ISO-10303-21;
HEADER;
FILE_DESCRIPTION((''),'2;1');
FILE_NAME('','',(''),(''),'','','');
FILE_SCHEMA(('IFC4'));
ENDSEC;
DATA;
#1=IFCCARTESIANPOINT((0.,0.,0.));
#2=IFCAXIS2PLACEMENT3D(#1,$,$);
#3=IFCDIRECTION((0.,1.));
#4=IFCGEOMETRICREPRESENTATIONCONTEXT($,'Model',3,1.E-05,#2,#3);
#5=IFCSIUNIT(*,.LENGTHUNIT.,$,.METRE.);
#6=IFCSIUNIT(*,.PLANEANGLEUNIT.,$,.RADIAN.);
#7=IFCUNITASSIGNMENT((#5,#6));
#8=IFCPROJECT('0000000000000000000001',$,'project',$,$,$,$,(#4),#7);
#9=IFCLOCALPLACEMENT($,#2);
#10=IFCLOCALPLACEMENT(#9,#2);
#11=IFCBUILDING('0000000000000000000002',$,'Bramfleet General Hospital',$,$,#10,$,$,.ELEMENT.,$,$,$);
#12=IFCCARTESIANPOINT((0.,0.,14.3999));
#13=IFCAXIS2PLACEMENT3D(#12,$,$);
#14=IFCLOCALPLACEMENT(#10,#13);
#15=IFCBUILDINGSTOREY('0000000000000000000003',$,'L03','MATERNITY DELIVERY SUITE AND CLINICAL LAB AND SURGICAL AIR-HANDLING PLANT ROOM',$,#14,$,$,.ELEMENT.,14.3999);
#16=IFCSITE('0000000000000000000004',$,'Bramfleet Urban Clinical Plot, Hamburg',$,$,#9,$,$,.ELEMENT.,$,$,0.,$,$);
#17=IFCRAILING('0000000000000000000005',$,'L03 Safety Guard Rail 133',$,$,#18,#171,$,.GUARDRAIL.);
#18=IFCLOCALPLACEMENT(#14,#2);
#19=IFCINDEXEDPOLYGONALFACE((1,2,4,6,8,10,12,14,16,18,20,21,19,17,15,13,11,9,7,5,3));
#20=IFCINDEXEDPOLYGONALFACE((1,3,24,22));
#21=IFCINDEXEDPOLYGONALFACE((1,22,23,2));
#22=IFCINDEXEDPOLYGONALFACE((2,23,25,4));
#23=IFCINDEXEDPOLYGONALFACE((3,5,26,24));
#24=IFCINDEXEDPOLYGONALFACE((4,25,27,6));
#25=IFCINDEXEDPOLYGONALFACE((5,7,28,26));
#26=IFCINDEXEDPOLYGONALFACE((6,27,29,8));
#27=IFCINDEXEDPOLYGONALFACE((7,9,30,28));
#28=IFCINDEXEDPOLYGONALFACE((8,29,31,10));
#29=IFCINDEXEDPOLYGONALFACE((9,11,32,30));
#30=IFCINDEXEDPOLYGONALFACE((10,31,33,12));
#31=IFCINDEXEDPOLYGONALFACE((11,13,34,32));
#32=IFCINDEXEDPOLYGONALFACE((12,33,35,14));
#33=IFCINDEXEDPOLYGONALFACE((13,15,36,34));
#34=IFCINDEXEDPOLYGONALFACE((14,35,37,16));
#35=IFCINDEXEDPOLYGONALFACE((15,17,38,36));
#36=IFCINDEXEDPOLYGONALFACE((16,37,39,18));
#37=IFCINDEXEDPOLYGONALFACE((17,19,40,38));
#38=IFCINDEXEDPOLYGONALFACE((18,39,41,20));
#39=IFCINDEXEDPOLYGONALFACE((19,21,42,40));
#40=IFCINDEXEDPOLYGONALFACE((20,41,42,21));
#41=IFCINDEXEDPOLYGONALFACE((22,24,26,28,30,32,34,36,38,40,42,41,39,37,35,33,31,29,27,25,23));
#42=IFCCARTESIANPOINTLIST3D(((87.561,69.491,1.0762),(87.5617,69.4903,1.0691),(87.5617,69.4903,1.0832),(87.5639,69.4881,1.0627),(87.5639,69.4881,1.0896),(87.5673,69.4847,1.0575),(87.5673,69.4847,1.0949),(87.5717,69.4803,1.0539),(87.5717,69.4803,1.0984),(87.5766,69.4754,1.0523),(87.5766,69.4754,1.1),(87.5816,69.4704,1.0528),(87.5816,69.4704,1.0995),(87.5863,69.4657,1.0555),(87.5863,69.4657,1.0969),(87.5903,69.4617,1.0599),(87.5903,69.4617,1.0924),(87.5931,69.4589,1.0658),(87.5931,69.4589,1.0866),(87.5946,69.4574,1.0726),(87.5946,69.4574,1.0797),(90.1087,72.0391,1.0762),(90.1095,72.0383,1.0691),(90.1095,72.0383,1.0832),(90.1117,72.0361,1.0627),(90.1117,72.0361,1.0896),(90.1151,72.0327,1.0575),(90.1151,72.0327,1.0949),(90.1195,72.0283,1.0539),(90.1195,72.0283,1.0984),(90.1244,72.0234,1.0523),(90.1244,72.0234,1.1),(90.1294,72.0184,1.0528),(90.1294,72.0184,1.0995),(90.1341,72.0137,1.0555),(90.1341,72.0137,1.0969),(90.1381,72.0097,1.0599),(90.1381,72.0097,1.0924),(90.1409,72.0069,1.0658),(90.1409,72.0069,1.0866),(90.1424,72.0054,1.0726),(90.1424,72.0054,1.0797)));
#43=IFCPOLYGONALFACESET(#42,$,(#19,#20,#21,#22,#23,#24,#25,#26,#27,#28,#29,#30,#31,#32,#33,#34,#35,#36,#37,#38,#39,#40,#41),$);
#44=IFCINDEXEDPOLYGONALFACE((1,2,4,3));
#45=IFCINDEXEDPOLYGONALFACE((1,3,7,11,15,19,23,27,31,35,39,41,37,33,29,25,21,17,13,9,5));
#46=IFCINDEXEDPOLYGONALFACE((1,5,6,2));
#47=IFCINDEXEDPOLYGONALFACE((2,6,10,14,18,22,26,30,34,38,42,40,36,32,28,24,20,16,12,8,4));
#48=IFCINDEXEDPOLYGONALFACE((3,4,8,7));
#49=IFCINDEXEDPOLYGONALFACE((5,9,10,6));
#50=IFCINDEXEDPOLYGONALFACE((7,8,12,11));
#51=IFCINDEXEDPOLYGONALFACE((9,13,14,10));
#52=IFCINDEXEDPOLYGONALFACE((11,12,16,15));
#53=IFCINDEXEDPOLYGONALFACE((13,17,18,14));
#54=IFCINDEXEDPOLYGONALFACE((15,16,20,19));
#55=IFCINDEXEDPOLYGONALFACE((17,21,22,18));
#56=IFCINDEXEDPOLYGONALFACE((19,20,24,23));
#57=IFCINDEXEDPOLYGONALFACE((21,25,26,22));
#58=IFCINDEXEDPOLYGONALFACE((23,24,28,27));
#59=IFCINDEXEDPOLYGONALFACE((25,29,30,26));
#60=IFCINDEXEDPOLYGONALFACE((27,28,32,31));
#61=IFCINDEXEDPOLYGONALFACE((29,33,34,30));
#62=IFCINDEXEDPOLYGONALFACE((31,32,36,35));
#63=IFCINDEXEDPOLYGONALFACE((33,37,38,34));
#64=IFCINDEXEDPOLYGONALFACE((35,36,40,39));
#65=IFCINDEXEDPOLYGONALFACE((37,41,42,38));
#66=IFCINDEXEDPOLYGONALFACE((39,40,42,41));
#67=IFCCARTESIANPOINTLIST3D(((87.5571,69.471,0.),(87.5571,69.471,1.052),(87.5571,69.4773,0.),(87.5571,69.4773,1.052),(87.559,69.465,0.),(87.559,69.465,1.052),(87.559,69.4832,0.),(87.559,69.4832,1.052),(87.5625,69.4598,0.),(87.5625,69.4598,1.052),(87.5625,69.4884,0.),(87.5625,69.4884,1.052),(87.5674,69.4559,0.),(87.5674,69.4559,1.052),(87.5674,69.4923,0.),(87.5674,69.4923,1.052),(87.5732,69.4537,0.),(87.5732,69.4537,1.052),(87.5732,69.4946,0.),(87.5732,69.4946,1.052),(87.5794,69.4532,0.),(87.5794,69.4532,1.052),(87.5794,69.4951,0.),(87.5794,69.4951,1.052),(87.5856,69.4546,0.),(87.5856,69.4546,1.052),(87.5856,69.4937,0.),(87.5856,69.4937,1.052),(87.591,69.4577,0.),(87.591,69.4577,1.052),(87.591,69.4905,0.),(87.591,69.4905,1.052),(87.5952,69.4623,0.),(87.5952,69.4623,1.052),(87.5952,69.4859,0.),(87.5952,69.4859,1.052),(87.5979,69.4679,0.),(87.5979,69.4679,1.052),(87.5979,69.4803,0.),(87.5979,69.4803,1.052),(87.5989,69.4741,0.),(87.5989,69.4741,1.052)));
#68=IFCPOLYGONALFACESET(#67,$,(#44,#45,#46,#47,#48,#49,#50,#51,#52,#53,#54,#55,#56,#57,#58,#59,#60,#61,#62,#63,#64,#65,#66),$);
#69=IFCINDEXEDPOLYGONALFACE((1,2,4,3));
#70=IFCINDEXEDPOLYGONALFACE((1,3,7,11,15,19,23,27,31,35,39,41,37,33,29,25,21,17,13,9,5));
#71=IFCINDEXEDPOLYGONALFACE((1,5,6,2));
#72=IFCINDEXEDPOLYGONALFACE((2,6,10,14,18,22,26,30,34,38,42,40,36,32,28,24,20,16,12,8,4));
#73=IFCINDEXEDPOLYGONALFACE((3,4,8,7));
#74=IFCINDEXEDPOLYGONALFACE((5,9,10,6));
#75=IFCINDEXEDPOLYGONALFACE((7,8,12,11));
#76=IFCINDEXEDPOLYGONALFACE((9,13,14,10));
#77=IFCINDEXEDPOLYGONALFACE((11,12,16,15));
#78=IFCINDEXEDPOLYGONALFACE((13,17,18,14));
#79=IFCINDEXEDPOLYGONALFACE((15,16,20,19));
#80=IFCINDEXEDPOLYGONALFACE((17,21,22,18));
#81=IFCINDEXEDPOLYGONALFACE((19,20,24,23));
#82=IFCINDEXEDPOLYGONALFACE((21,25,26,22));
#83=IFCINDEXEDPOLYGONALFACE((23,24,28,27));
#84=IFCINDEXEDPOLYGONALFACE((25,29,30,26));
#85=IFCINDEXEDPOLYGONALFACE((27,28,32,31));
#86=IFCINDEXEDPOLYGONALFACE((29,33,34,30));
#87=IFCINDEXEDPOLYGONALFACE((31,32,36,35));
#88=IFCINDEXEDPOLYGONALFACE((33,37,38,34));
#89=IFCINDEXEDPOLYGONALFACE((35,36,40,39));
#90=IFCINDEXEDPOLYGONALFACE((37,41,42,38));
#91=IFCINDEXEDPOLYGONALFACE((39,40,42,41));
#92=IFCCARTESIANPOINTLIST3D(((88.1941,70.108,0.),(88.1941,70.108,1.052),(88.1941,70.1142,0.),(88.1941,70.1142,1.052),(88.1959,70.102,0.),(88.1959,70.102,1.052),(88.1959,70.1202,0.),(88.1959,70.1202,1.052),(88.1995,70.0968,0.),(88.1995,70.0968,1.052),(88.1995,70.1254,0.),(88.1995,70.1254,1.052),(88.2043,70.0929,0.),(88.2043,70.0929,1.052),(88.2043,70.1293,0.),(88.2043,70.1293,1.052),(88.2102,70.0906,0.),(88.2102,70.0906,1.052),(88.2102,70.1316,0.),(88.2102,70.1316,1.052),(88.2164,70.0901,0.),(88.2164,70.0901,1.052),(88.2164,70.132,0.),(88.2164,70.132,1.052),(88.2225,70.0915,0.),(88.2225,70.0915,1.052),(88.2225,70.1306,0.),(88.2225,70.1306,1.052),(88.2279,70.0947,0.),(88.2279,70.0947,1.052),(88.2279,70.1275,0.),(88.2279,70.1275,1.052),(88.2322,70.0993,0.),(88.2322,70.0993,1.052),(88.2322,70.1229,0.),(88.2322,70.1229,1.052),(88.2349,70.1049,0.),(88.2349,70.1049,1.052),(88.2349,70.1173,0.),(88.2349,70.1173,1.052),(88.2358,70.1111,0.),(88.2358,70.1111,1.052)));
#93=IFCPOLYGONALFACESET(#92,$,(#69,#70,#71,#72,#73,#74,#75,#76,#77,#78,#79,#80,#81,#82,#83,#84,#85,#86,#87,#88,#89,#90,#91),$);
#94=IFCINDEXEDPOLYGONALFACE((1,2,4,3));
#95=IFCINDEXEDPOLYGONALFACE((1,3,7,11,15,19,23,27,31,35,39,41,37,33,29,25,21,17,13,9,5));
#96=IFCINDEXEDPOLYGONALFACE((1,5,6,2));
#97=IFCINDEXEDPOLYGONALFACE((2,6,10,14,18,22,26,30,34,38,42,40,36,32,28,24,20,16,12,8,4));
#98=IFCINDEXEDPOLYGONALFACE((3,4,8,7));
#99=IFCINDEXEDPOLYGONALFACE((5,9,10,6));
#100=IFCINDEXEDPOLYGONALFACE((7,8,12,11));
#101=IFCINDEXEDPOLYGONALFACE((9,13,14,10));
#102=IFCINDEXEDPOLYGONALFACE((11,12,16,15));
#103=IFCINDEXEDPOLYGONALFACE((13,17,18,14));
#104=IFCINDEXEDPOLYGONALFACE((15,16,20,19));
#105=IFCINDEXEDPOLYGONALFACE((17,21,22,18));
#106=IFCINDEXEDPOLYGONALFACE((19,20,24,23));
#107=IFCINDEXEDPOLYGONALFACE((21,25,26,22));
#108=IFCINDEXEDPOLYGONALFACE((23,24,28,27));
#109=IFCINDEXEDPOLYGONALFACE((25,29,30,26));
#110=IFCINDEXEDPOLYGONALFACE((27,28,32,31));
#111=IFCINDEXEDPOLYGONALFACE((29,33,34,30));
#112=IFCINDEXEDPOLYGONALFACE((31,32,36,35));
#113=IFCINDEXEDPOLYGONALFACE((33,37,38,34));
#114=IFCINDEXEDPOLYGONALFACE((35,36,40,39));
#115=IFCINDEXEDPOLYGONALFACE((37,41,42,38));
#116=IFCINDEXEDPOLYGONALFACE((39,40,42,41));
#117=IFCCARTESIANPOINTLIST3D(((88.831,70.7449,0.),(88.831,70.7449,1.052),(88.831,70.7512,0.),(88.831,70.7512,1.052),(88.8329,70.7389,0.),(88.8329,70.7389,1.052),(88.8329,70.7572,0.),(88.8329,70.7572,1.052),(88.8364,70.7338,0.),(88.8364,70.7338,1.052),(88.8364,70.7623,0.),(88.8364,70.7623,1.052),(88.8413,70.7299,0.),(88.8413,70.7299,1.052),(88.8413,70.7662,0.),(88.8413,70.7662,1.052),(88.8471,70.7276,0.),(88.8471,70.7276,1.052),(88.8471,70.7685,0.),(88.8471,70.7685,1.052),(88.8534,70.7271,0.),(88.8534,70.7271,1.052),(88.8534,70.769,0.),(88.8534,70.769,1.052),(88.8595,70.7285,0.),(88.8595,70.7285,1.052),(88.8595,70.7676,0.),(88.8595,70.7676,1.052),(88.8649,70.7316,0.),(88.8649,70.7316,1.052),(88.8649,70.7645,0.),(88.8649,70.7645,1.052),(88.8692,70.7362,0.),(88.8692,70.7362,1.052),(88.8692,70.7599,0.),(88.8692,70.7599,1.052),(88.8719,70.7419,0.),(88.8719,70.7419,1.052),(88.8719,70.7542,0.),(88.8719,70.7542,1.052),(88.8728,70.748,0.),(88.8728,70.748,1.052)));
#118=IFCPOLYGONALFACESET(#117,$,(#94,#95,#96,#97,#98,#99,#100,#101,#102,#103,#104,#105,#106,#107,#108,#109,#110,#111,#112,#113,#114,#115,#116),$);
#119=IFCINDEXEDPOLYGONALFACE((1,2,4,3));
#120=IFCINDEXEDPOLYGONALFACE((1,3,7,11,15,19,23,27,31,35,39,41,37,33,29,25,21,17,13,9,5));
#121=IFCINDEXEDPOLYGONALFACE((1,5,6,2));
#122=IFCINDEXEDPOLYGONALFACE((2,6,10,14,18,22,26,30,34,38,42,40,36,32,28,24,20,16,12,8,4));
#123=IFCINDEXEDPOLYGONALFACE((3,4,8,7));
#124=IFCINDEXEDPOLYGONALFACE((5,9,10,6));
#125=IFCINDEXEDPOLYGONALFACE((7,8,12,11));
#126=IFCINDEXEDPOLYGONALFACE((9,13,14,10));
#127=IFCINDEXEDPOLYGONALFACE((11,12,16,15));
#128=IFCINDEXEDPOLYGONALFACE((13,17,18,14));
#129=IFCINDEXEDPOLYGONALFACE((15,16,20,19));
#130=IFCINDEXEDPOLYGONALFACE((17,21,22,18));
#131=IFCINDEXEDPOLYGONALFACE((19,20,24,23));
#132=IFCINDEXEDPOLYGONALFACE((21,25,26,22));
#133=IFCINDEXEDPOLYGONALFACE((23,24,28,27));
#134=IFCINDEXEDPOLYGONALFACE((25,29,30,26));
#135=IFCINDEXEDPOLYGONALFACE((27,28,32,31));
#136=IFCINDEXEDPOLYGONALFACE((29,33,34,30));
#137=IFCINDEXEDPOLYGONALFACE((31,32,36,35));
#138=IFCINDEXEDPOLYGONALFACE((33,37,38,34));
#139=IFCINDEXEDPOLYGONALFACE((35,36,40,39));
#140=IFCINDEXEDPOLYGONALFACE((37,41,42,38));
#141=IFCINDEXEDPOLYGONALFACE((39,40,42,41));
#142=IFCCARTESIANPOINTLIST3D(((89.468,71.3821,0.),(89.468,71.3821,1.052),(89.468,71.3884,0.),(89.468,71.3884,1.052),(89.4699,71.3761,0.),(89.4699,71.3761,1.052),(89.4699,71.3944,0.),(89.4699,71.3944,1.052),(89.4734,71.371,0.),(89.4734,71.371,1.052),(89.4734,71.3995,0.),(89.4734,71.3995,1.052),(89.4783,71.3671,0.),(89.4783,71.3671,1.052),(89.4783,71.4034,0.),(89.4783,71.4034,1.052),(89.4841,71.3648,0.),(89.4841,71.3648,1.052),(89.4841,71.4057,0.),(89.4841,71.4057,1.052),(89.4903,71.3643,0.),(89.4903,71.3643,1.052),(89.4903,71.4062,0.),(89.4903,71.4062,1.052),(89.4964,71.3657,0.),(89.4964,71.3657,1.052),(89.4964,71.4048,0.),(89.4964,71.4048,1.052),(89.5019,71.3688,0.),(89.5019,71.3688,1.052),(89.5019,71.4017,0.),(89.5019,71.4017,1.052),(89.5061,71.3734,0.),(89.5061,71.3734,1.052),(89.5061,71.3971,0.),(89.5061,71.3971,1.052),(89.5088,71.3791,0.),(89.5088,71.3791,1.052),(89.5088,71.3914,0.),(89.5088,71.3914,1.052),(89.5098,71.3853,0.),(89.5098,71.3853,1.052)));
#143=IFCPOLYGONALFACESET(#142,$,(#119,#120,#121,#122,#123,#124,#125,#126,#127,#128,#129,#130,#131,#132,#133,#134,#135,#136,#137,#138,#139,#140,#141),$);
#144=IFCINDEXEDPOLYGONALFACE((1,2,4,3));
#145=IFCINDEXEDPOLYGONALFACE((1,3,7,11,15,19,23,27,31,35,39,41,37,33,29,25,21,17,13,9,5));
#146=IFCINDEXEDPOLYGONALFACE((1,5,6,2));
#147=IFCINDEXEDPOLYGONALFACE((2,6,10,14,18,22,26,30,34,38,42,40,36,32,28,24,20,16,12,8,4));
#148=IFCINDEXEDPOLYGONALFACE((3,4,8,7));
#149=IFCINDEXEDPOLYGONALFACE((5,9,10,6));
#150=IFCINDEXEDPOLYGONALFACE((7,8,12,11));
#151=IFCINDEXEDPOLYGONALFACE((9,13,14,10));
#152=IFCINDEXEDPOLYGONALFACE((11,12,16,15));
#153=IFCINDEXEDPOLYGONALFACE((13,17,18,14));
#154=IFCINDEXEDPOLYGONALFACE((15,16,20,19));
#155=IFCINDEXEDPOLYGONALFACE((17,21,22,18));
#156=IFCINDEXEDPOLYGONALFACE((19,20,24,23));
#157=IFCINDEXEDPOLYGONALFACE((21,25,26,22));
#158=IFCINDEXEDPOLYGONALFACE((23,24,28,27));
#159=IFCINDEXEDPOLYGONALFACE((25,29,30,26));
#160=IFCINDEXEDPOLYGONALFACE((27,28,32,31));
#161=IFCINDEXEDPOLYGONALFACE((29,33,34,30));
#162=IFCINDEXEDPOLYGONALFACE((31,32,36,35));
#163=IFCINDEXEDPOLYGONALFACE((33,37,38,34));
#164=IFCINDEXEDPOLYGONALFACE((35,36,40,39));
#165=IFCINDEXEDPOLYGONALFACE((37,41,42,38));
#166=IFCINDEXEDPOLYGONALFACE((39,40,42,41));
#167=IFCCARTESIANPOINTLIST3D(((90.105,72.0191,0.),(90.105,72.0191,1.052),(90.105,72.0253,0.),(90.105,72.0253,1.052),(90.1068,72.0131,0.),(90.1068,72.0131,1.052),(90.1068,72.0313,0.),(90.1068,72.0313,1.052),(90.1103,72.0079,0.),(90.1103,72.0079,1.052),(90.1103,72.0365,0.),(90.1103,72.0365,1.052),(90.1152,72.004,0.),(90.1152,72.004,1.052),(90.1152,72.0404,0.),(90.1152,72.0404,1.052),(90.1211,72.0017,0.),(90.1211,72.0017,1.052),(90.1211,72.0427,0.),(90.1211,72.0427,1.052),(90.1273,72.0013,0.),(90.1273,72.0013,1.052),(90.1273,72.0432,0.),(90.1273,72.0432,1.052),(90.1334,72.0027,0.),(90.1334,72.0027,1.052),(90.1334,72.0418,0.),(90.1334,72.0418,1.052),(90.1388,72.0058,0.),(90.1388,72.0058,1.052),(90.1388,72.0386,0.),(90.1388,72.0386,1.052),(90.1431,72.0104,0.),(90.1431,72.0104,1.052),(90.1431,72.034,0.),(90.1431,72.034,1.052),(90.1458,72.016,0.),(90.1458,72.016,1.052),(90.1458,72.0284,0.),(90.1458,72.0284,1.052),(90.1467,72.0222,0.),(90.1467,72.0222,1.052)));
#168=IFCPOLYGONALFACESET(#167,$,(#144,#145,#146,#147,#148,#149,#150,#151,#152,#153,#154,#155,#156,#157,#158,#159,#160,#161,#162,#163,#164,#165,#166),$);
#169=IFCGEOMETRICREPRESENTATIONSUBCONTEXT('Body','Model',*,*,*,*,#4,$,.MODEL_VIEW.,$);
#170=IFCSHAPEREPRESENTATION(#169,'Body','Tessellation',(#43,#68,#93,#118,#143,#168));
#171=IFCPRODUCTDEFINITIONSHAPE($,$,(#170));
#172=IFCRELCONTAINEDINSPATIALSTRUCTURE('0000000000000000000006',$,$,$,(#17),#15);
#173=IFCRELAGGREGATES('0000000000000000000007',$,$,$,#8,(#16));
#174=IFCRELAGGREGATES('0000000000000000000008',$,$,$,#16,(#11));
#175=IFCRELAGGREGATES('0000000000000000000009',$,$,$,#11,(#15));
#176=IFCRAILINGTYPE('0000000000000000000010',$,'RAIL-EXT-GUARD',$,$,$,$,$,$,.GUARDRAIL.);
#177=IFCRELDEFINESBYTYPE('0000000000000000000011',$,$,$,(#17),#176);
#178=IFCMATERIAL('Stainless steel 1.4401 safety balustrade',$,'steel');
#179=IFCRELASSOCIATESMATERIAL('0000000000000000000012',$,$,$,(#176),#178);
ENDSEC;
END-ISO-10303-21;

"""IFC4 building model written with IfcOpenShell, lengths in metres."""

from ifc_helpers import new_model, si_unit, direction, frame, origin, origin_2d, place, context, subcontext, project, spatial, circle, extrude, material, type_object, element, save


model = new_model("IFC4")

# Units and contexts
model_context = context("Model", 3, precision=1e-05, world=origin(), true_north=direction((0.0, 1.0)))
body_context = subcontext(model_context, "Body", "Model", "MODEL_VIEW")
ifc_project = project(units=[si_unit("LENGTHUNIT", "METRE"), si_unit("PLANEANGLEUNIT", "RADIAN")], contexts=[model_context])

# Site, building, storey
site_placement = place(None, origin())
site = spatial("IfcSite", under=ifc_project, at=site_placement, Name="Bramfleet Urban Clinical Plot, Hamburg", CompositionType="ELEMENT", RefElevation=0.0)
building_placement = place(site_placement, origin())
building = spatial("IfcBuilding", under=site, at=building_placement, Name="Bramfleet General Hospital", CompositionType="ELEMENT")
storey_placement = place(building_placement, frame((0.0, 0.0, 14.3999)))
storey = spatial("IfcBuildingStorey", under=building, at=storey_placement, Name="L03", Description="MATERNITY DELIVERY SUITE AND CLINICAL LAB AND SURGICAL AIR-HANDLING PLANT ROOM", CompositionType="ELEMENT", Elevation=14.3999)

# Railing
ifc_material_1 = material(Name="Stainless steel 1.4401 safety balustrade", Category="steel")
railing_type = type_object("IfcRailingType", Name="RAIL-EXT-GUARD", PredefinedType="GUARDRAIL", material=ifc_material_1)
railing_1_placement = place(storey_placement, frame((87.5779, 69.4741, 0.0)))
element("IfcRailing", 1, at=railing_1_placement, inside=storey, type_object=railing_type, Name="L03 Safety Guard Rail 133", PredefinedType="GUARDRAIL", context=body_context, shape_type="SweptSolid", body=[
    extrude(circle(Radius=0.0239, at=origin_2d()), frame((0.0, 0.0, 1.0762), z_axis=(0.707073, 0.707141, 0.0), x_axis=(-0.707141, 0.707073, 0.0)), (0.0, 0.0, 1.0), 3.6033),
    extrude(circle(Radius=0.021, at=origin_2d()), origin(), (0.0, 0.0, 1.0), 1.052),
    extrude(circle(Radius=0.021, at=origin_2d()), frame((0.637, 0.637, 0.0)), (0.0, 0.0, 1.0), 1.052),
    extrude(circle(Radius=0.021, at=origin_2d()), frame((1.2739, 1.2739, 0.0)), (0.0, 0.0, 1.0), 1.052),
    extrude(circle(Radius=0.021, at=origin_2d()), frame((1.9109, 1.9111, 0.0)), (0.0, 0.0, 1.0), 1.052),
    extrude(circle(Radius=0.021, at=origin_2d()), frame((2.5479, 2.5481, 0.0)), (0.0, 0.0, 1.0), 1.052),
])

save(model, "model.ifc")
